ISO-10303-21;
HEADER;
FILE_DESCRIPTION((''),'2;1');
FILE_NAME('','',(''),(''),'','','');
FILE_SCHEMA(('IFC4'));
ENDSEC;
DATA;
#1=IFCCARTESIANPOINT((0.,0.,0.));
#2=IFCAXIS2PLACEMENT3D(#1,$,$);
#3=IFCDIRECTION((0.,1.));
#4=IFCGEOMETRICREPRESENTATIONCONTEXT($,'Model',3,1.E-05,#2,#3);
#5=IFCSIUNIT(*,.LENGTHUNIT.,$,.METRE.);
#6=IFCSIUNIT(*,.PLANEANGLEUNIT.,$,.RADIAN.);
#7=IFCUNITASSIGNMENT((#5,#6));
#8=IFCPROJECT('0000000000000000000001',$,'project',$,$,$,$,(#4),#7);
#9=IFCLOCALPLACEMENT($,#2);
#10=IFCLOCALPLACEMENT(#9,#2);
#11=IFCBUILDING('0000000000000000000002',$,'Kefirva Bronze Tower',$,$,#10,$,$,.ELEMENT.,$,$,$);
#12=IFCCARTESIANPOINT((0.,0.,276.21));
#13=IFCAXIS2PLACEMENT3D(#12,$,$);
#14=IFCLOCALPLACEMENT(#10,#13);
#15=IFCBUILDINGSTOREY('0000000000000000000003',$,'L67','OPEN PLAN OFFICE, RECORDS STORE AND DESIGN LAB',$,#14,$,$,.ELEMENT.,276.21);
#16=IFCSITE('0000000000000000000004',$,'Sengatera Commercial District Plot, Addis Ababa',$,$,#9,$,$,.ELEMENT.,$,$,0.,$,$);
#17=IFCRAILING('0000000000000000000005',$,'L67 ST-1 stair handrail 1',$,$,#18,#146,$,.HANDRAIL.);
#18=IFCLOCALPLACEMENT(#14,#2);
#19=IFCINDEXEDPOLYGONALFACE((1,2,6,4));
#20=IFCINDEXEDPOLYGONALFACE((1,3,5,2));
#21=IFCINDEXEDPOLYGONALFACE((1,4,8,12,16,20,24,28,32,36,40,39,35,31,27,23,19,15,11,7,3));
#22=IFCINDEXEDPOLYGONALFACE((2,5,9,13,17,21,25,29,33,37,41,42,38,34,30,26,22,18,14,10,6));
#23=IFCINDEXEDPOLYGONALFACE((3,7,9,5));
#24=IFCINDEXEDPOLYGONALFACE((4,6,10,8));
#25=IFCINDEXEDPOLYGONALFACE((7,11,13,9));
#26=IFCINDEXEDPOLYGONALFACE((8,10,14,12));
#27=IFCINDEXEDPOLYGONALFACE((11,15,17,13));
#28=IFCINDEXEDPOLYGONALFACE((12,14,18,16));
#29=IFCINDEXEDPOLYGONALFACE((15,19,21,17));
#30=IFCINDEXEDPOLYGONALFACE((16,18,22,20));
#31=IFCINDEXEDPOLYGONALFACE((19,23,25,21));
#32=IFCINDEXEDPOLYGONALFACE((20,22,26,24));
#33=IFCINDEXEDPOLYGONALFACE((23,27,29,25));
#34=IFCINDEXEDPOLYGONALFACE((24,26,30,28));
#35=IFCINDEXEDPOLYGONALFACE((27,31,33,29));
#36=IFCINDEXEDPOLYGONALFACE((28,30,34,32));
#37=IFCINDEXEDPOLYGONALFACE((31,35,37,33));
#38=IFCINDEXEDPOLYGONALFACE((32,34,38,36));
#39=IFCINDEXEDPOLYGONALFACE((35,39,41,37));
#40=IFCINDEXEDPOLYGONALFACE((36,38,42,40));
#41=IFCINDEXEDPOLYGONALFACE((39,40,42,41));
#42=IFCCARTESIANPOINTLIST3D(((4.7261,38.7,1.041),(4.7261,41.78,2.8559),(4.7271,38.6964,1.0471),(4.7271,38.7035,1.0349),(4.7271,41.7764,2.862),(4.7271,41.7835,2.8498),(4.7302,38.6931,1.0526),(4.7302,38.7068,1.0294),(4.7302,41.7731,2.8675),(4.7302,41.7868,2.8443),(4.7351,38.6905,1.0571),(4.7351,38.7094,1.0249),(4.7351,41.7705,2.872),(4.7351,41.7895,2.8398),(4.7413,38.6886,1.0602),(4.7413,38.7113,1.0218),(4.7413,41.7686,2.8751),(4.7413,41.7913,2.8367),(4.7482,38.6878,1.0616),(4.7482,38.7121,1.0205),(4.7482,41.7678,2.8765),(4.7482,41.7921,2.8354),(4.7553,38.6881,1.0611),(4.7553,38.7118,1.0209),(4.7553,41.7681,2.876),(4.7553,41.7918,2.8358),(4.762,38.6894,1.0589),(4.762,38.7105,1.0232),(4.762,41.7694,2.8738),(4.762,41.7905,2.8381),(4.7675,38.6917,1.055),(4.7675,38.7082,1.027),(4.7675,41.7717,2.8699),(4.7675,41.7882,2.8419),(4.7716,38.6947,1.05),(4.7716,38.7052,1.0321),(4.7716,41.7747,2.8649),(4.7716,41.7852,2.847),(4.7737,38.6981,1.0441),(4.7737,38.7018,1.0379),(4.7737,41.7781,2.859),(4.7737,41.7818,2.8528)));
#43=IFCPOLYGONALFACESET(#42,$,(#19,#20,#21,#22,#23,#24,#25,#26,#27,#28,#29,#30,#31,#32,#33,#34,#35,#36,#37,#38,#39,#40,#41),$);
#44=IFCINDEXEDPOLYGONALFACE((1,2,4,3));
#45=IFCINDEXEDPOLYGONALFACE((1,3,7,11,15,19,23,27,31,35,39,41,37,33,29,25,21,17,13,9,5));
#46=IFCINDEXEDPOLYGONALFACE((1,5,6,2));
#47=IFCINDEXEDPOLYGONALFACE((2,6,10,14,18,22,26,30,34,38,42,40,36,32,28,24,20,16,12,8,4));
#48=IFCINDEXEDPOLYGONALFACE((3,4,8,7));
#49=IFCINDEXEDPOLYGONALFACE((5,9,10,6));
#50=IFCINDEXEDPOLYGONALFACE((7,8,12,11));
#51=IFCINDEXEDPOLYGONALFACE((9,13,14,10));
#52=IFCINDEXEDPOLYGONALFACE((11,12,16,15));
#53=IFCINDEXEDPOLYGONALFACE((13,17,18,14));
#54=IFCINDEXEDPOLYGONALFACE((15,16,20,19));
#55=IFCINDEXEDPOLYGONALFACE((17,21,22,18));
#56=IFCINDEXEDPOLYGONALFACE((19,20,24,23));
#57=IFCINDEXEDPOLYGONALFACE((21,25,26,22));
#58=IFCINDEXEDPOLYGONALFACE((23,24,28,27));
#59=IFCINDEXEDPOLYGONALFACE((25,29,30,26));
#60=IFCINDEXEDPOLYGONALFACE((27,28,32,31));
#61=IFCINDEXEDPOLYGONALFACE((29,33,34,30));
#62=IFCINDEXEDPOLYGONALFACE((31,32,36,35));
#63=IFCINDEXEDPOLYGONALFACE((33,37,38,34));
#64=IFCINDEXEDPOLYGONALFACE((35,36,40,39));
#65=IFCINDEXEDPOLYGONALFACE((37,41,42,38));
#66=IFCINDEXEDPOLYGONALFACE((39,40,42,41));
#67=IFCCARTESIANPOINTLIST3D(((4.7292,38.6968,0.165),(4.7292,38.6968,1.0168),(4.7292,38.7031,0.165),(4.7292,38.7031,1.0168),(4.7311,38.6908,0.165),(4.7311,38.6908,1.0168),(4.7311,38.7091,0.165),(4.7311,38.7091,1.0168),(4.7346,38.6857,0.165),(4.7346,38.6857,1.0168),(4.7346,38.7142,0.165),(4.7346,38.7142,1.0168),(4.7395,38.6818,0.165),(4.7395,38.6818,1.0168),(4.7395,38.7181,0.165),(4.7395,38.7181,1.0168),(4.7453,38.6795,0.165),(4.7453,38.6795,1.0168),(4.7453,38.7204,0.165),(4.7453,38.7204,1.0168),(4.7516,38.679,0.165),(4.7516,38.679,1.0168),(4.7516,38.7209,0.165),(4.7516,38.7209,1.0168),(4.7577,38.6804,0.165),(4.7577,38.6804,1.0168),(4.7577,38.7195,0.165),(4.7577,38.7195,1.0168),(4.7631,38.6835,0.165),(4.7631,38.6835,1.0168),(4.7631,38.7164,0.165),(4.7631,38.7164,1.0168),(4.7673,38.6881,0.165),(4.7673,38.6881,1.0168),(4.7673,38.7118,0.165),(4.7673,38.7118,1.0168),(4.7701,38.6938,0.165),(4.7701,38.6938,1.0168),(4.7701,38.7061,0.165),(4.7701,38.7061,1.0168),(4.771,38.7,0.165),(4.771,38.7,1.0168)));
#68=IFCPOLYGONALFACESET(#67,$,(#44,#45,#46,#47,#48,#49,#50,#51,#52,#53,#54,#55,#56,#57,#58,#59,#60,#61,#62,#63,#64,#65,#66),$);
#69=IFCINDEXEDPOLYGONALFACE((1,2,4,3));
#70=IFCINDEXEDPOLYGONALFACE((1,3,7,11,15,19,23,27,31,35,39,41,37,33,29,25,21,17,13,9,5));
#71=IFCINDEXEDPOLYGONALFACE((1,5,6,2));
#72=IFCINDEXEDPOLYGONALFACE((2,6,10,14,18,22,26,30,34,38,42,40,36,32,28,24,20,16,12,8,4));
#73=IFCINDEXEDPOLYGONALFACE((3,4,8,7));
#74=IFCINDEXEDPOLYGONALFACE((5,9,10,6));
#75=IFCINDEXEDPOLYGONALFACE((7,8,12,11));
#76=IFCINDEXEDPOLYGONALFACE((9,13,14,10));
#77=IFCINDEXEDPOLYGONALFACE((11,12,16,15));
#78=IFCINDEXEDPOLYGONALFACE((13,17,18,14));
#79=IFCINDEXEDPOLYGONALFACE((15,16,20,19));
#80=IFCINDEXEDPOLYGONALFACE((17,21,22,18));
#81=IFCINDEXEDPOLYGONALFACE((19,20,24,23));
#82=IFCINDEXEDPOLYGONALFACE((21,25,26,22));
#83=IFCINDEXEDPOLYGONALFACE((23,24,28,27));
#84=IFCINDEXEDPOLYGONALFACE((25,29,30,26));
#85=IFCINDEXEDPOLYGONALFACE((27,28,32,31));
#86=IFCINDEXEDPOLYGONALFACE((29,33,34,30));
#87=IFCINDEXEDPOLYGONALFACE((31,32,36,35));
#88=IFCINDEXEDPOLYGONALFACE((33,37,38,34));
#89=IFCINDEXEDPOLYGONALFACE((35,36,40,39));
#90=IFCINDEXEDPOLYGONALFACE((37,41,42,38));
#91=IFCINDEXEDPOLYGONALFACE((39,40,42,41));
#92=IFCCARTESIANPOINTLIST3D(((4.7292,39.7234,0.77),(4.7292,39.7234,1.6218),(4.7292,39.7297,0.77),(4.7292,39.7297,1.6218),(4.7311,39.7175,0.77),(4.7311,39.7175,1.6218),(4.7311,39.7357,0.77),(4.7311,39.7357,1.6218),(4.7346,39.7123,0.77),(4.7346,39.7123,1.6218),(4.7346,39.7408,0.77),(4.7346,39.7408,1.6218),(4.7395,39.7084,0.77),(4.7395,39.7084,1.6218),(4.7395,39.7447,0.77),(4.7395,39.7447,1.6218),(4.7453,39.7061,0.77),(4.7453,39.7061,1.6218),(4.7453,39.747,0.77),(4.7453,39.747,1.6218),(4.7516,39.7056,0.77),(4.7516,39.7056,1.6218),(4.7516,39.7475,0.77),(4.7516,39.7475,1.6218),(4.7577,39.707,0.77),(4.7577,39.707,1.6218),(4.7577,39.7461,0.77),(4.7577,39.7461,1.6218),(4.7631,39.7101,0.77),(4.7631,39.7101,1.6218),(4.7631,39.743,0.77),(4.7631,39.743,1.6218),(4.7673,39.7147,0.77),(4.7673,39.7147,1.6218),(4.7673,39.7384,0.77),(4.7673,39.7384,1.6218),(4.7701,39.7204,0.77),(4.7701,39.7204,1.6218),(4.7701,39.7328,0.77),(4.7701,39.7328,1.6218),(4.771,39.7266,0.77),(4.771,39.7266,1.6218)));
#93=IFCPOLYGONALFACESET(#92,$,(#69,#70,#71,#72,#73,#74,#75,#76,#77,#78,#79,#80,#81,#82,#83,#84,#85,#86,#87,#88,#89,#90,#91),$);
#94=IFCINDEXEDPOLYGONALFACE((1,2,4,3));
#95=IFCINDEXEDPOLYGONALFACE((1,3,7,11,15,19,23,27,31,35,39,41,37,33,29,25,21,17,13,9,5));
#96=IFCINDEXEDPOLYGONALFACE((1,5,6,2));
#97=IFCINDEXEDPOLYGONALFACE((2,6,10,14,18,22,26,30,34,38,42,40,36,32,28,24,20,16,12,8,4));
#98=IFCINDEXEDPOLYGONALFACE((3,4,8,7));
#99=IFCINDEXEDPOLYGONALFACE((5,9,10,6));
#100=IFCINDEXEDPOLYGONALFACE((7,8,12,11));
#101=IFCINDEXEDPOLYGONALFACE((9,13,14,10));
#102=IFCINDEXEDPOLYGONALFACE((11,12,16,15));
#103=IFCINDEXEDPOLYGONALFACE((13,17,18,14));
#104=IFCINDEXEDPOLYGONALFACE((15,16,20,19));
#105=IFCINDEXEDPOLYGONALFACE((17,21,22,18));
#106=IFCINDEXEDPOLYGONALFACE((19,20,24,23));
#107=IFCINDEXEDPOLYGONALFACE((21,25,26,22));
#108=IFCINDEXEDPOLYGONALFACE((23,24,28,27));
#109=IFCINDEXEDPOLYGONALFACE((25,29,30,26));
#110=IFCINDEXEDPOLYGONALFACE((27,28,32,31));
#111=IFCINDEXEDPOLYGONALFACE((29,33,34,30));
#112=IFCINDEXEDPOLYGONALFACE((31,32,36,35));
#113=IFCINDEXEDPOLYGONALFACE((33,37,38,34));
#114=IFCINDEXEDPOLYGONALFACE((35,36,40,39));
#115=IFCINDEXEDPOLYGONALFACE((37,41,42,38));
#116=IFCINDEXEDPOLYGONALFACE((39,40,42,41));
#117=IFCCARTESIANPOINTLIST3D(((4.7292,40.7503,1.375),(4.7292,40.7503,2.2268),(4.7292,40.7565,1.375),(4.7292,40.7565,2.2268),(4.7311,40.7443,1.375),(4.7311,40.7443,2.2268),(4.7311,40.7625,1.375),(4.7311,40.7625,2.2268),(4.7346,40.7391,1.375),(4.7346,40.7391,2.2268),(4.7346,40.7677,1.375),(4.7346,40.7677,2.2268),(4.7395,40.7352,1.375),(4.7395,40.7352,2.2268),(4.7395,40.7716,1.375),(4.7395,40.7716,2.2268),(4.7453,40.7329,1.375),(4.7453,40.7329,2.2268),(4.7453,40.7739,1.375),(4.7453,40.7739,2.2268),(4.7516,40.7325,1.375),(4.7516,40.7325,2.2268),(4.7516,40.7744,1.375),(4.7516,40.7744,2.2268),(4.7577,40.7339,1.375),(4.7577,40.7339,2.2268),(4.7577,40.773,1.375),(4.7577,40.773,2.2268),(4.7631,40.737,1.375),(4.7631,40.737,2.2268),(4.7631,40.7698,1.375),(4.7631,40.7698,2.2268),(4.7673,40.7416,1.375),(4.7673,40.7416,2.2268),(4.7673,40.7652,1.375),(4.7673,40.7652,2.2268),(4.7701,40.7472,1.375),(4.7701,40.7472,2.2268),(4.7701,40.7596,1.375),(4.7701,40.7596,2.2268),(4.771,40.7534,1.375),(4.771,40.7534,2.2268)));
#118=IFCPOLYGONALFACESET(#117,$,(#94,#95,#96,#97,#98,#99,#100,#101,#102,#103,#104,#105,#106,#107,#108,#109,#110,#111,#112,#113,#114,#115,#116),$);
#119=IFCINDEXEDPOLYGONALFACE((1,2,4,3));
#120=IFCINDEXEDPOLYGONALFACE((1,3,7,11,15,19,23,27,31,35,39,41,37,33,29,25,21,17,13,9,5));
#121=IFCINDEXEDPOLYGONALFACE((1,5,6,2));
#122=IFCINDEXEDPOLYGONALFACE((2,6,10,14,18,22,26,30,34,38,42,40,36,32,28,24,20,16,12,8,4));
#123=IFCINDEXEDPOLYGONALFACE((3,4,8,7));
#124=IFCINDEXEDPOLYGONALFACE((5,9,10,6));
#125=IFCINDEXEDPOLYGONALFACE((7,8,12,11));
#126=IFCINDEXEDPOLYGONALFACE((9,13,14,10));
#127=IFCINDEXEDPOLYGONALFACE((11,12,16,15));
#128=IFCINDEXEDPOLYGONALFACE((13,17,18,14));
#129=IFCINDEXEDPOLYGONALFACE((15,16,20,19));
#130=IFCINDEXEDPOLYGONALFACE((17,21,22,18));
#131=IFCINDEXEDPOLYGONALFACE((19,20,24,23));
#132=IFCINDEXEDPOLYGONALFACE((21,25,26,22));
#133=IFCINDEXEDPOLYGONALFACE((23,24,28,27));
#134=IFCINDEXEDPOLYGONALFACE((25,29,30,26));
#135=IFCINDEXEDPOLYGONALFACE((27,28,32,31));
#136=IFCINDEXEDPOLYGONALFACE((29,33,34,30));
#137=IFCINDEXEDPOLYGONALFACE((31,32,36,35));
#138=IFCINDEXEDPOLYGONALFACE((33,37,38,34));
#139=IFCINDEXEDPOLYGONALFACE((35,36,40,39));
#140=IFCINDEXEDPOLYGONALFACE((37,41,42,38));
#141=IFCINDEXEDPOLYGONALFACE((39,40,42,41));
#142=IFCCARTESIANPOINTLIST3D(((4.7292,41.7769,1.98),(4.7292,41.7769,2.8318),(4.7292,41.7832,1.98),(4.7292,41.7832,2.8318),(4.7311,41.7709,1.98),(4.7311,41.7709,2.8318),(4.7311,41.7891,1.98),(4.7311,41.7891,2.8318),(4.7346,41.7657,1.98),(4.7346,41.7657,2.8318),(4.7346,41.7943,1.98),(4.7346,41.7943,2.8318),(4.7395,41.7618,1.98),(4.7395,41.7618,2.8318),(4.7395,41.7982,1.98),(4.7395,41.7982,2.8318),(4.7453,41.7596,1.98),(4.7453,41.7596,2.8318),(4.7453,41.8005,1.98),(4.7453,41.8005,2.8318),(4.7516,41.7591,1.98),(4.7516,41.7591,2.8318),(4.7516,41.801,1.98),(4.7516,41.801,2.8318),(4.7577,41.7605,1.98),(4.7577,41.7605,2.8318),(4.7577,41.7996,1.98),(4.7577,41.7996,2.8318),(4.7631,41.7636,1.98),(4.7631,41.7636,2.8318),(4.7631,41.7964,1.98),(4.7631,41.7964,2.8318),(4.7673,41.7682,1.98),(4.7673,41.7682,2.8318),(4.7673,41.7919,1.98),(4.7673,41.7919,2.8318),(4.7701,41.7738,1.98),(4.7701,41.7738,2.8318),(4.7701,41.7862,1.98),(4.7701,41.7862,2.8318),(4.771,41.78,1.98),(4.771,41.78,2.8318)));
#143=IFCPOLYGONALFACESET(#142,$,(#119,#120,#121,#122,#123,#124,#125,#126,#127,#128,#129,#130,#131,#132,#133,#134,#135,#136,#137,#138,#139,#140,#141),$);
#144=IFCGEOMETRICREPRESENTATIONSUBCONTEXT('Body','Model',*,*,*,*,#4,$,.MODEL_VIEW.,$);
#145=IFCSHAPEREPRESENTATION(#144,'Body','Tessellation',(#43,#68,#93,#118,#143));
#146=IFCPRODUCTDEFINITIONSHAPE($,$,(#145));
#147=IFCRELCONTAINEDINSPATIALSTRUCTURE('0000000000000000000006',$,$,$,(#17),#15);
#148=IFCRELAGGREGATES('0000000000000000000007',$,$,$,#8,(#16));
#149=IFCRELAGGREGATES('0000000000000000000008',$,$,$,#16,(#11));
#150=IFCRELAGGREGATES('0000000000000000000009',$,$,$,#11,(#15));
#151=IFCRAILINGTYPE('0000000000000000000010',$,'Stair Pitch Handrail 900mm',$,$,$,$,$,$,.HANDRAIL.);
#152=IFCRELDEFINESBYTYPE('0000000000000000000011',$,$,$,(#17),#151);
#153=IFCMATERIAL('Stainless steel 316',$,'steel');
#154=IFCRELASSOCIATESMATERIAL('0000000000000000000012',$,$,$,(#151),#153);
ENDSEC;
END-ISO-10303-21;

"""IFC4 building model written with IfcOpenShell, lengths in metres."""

from ifc_helpers import new_model, si_unit, direction, frame, origin, origin_2d, place, context, subcontext, project, spatial, circle, extrude, material, type_object, element, save


model = new_model("IFC4")

# Units and contexts
model_context = context("Model", 3, precision=1e-05, world=origin(), true_north=direction((0.0, 1.0)))
body_context = subcontext(model_context, "Body", "Model", "MODEL_VIEW")
ifc_project = project(units=[si_unit("LENGTHUNIT", "METRE"), si_unit("PLANEANGLEUNIT", "RADIAN")], contexts=[model_context])

# Site, building, storey
site_placement = place(None, origin())
site = spatial("IfcSite", under=ifc_project, at=site_placement, Name="Sengatera Commercial District Plot, Addis Ababa", CompositionType="ELEMENT", RefElevation=0.0)
building_placement = place(site_placement, origin())
building = spatial("IfcBuilding", under=site, at=building_placement, Name="Kefirva Bronze Tower", CompositionType="ELEMENT")
storey_placement = place(building_placement, frame((0.0, 0.0, 276.21)))
storey = spatial("IfcBuildingStorey", under=building, at=storey_placement, Name="L67", Description="OPEN PLAN OFFICE, RECORDS STORE AND DESIGN LAB", CompositionType="ELEMENT", Elevation=276.21)

# Shared definitions
ifc_material_1 = material(Name="Stainless steel 316", Category="steel")

# Railing
railing_type = type_object("IfcRailingType", Name="Stair Pitch Handrail 900mm", PredefinedType="HANDRAIL", material=ifc_material_1)
railing_placement = place(storey_placement, frame((4.75, 38.7, 0.165)))
element("IfcRailing", 1, at=railing_placement, inside=storey, type_object=railing_type, Name="L67 ST-1 stair handrail 1", PredefinedType="HANDRAIL", context=body_context, shape_type="SweptSolid", body=[
    extrude(circle(Radius=0.0239, at=origin_2d()), frame((0.0, 0.0, 0.876), z_axis=(0.0, 0.861551, 0.507671), x_axis=(-1.0, 0.0, 0.0)), (0.0, 0.0, 1.0), 3.575),
    extrude(circle(Radius=0.021, at=origin_2d()), origin(), (0.0, 0.0, 1.0), 0.8518),
    extrude(circle(Radius=0.021, at=origin_2d()), frame((0.0, 1.0266, 0.605)), (0.0, 0.0, 1.0), 0.8518),
    extrude(circle(Radius=0.021, at=origin_2d()), frame((0.0, 2.0535, 1.21)), (0.0, 0.0, 1.0), 0.8518),
    extrude(circle(Radius=0.021, at=origin_2d()), frame((0.0, 3.0801, 1.8149)), (0.0, 0.0, 1.0), 0.8518),
])

save(model, "model.ifc")
